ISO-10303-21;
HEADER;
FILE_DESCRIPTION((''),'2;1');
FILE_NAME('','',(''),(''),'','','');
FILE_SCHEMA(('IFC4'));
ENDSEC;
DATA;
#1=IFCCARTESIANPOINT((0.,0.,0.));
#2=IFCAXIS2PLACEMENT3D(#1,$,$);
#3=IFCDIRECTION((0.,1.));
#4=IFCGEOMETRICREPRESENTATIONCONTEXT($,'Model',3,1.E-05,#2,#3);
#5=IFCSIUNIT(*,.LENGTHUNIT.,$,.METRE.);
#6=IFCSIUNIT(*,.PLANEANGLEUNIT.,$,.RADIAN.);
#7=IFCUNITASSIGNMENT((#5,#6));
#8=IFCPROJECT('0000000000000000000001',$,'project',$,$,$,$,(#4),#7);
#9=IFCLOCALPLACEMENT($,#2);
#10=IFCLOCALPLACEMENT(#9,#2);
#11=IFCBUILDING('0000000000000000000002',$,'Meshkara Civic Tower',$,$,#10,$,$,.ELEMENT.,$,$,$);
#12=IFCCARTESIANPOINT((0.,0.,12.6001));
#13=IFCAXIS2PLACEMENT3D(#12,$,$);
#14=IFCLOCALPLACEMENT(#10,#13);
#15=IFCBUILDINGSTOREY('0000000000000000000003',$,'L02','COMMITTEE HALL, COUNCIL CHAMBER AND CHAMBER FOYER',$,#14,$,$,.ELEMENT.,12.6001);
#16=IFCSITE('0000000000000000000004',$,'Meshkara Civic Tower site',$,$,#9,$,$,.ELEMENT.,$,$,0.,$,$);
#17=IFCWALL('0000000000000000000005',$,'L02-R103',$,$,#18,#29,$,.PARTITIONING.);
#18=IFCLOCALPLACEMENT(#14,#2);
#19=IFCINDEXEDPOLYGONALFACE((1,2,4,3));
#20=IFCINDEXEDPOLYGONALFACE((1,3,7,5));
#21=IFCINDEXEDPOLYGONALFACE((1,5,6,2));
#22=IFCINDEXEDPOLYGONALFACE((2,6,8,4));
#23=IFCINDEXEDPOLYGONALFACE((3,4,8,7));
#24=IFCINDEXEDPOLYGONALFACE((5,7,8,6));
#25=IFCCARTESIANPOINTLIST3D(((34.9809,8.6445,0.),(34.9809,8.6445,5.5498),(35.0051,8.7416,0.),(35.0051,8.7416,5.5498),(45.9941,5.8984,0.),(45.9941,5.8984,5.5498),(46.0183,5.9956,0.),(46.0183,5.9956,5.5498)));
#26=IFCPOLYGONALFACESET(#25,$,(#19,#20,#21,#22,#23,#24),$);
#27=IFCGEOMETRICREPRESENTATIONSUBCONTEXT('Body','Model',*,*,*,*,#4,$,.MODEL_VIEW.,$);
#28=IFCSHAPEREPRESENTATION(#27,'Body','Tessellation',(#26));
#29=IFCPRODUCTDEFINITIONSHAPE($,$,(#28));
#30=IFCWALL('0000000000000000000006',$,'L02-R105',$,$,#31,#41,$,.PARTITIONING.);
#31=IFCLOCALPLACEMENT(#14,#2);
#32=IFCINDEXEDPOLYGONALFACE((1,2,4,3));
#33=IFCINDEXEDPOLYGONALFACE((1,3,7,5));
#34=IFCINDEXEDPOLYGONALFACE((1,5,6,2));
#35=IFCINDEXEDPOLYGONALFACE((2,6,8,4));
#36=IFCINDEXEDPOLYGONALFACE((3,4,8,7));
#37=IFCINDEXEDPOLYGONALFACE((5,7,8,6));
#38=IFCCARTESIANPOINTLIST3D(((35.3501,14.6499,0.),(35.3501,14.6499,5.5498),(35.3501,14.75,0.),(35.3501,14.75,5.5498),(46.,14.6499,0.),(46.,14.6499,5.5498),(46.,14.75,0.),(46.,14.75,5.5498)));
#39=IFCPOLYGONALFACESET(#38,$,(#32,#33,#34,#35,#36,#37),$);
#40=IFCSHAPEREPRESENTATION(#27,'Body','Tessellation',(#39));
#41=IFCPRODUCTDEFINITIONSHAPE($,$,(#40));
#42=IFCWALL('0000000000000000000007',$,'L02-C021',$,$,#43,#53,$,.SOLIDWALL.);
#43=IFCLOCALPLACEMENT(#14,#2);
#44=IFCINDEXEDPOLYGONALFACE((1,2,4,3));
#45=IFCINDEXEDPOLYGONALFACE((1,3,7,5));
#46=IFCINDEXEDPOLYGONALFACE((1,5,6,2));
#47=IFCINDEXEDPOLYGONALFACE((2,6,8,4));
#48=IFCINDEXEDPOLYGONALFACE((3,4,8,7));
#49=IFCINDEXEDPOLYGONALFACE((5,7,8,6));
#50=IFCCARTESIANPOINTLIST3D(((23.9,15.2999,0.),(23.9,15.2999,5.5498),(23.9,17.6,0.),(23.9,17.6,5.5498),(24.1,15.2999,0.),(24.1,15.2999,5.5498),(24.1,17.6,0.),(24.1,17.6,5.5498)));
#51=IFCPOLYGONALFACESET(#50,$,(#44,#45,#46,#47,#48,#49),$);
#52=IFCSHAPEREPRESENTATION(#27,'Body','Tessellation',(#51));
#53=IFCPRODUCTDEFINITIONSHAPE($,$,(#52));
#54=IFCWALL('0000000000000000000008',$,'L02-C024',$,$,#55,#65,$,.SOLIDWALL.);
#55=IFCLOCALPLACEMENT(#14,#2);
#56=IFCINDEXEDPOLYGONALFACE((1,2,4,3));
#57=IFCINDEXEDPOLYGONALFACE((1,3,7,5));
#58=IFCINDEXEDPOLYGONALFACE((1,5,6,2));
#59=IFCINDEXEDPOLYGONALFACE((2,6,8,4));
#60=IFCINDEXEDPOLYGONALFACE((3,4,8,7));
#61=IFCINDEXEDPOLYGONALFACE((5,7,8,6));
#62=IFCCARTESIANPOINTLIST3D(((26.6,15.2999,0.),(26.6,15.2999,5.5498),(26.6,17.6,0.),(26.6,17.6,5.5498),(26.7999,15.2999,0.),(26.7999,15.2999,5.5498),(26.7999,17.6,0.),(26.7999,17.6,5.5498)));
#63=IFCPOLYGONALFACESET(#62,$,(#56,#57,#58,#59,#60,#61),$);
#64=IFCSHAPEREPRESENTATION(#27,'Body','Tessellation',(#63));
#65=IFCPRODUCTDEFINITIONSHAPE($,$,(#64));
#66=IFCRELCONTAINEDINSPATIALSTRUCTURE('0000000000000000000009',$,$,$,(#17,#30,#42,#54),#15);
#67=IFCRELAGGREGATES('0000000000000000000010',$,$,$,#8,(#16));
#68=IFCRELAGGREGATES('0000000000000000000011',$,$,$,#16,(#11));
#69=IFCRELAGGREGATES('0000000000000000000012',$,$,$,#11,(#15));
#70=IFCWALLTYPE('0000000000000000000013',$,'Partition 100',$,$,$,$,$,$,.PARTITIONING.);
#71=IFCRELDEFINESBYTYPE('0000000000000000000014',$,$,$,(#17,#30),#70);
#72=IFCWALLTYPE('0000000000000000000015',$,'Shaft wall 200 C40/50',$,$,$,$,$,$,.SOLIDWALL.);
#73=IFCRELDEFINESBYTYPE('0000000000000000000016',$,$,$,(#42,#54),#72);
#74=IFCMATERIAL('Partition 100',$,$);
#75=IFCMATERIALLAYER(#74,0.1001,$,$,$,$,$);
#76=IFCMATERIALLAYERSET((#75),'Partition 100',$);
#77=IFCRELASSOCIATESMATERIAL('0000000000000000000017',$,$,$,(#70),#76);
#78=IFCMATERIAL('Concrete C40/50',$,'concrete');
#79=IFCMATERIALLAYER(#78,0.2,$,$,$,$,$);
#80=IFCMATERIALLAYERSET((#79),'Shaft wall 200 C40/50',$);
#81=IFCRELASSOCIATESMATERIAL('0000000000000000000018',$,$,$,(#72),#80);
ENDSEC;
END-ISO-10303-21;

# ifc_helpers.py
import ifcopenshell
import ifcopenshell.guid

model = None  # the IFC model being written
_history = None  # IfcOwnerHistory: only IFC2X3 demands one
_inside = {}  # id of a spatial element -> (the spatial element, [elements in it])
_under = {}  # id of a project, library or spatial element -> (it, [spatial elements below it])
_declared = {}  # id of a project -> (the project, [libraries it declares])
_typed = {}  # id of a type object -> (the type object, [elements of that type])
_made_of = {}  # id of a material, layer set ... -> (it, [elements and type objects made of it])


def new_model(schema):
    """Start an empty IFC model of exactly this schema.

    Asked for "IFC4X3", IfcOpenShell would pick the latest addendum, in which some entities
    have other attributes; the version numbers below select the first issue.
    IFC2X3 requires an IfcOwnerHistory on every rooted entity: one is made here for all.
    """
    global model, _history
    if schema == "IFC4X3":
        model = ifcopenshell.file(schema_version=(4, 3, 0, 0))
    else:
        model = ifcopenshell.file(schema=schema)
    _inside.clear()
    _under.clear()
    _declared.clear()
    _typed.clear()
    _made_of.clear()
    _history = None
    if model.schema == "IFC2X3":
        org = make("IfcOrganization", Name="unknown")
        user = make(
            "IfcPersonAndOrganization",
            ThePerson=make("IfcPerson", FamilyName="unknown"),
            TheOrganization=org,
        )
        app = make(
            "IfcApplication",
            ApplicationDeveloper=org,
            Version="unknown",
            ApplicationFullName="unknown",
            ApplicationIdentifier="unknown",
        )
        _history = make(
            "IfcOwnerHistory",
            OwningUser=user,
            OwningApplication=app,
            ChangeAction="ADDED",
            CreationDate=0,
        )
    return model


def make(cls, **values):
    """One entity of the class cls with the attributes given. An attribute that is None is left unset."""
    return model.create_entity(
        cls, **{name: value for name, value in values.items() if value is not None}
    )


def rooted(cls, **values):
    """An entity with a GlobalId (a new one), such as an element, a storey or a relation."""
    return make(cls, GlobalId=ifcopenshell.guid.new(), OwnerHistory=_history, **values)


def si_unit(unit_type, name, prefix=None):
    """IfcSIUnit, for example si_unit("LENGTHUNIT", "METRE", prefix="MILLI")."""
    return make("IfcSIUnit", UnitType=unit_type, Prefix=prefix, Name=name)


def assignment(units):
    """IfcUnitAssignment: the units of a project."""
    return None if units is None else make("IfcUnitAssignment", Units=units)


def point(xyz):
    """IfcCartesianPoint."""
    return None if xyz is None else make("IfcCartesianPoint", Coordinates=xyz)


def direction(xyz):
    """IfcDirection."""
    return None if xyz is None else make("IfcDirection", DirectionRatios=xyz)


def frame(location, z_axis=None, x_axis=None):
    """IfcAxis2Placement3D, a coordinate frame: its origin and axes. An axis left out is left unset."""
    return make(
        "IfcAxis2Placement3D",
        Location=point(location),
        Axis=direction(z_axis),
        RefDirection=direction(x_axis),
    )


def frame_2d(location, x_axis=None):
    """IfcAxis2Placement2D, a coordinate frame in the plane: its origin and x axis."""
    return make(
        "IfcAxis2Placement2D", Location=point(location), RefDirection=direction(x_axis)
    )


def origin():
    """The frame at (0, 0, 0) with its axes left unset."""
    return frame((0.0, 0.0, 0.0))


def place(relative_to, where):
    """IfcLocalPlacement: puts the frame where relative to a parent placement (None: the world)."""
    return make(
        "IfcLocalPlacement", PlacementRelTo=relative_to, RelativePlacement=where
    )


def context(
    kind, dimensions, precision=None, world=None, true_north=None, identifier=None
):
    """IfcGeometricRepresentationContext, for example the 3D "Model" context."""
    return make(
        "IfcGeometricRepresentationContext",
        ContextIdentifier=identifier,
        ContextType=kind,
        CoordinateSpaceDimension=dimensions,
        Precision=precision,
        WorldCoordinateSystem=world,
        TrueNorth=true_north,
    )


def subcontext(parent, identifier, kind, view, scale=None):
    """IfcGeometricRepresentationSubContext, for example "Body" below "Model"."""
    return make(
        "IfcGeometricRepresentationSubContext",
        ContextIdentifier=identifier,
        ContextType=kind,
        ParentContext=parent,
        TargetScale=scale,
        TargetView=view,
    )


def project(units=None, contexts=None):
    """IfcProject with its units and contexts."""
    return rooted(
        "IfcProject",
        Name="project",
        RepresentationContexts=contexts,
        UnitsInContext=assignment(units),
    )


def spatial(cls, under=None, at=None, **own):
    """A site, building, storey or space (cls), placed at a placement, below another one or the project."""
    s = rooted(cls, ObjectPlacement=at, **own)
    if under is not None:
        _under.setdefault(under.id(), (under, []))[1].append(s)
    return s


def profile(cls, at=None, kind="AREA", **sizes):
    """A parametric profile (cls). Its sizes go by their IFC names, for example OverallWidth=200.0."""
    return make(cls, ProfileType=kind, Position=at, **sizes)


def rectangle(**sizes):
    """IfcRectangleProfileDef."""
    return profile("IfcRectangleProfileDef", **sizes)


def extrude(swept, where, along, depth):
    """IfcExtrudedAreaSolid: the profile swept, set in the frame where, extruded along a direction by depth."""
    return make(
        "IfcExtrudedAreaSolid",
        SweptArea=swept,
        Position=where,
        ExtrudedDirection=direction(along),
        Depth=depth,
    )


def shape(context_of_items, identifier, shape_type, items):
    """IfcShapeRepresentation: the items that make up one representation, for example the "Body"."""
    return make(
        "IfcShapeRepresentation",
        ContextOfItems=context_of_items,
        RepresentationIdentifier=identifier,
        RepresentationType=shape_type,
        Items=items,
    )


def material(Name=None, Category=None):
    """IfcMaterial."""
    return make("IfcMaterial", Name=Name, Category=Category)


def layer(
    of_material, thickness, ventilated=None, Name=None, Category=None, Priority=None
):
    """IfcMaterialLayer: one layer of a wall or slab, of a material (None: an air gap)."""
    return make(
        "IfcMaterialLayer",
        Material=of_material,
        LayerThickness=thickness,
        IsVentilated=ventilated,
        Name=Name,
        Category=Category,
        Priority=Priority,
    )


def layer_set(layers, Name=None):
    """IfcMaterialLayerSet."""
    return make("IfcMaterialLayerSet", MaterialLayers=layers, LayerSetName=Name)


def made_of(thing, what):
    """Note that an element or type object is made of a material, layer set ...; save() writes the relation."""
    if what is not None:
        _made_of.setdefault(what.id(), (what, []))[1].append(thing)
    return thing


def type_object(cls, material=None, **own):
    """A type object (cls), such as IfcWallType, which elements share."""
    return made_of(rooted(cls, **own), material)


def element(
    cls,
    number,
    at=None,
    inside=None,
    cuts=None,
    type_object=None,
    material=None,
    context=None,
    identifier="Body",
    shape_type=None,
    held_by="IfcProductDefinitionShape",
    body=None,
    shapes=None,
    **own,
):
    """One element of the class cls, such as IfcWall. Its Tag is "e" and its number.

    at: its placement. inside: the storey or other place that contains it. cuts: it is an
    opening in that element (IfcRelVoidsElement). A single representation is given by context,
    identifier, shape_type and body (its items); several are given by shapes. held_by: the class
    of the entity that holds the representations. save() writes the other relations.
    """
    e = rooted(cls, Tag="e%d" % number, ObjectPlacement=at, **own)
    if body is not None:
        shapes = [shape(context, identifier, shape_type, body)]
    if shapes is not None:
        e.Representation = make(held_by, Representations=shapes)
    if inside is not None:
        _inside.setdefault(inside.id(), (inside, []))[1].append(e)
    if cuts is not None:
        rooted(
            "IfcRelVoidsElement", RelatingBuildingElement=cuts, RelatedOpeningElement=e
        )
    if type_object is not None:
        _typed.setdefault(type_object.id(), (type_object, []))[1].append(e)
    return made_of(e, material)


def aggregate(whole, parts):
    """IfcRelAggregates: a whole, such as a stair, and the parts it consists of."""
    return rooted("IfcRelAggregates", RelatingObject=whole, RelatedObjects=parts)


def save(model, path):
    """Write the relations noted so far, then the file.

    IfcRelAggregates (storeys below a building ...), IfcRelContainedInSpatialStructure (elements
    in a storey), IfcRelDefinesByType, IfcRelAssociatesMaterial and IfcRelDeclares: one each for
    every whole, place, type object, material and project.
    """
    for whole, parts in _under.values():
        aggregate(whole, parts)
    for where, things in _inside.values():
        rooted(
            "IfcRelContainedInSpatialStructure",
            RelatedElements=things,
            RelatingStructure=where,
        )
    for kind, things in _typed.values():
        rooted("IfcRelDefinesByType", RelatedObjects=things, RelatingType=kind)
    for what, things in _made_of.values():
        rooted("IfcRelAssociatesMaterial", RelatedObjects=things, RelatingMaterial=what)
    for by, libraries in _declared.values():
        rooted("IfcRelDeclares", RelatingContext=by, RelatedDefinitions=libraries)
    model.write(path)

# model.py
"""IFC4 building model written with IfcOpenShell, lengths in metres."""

from ifc_helpers import new_model, si_unit, direction, frame, frame_2d, origin, place, context, subcontext, project, spatial, rectangle, extrude, material, layer, layer_set, type_object, element, save


model = new_model("IFC4")

# Units and contexts
model_context = context("Model", 3, precision=1e-05, world=origin(), true_north=direction((0.0, 1.0)))
body_context = subcontext(model_context, "Body", "Model", "MODEL_VIEW")
ifc_project = project(units=[si_unit("LENGTHUNIT", "METRE"), si_unit("PLANEANGLEUNIT", "RADIAN")], contexts=[model_context])

# Site, building, storey
site_placement = place(None, origin())
site = spatial("IfcSite", under=ifc_project, at=site_placement, Name="Meshkara Civic Tower site", CompositionType="ELEMENT", RefElevation=0.0)
building_placement = place(site_placement, origin())
building = spatial("IfcBuilding", under=site, at=building_placement, Name="Meshkara Civic Tower", CompositionType="ELEMENT")
storey_placement = place(building_placement, frame((0.0, 0.0, 12.6001)))
storey = spatial("IfcBuildingStorey", under=building, at=storey_placement, Name="L02", Description="COMMITTEE HALL, COUNCIL CHAMBER AND CHAMBER FOYER", CompositionType="ELEMENT", Elevation=12.6001)

# Walls
ifc_material_1 = material(Name="Partition 100")
ifc_layer_1 = layer(ifc_material_1, 0.1001)
ifc_layer_set_1 = layer_set([ifc_layer_1], Name="Partition 100")
wall_type_1 = type_object("IfcWallType", Name="Partition 100", PredefinedType="PARTITIONING", material=ifc_layer_set_1)
wall_1_placement = place(storey_placement, frame((34.9929, 8.6931, 0.0), z_axis=(0.0, 0.0, 1.0), x_axis=(0.970292, -0.241938, 0.0)))
element("IfcWall", 1, at=wall_1_placement, inside=storey, type_object=wall_type_1, Name="L02-R103", PredefinedType="PARTITIONING", context=body_context, shape_type="SweptSolid", body=[
    extrude(rectangle(XDim=11.3503, YDim=0.1001, at=frame_2d((5.6753, 0.0))), origin(), (0.0, 0.0, 1.0), 5.5498),
])
wall_2_placement = place(storey_placement, frame((35.3501, 14.7, 0.0), z_axis=(0.0, 0.0, 1.0), x_axis=(1.0, 0.0, 0.0)))
element("IfcWall", 2, at=wall_2_placement, inside=storey, type_object=wall_type_1, Name="L02-R105", PredefinedType="PARTITIONING", context=body_context, shape_type="SweptSolid", body=[
    extrude(rectangle(XDim=10.6499, YDim=0.1001, at=frame_2d((5.325, 0.0))), origin(), (0.0, 0.0, 1.0), 5.5498),
])
ifc_material_2 = material(Name="Concrete C40/50", Category="concrete")
ifc_layer_2 = layer(ifc_material_2, 0.2)
ifc_layer_set_2 = layer_set([ifc_layer_2], Name="Shaft wall 200 C40/50")
wall_type_2 = type_object("IfcWallType", Name="Shaft wall 200 C40/50", PredefinedType="SOLIDWALL", material=ifc_layer_set_2)
for number, where, z_axis, x_axis, name in (
    (3, (24.0, 15.3, 0.0), (0.0, 0.0, 1.0), (0.0, 1.0, 0.0), "L02-C021"),
    (4, (26.7, 15.3, 0.0), (0.0, 0.0, 1.0), (0.0, 1.0, 0.0), "L02-C024"),
):
    element("IfcWall", number, at=place(storey_placement, frame(where, z_axis=z_axis, x_axis=x_axis)), inside=storey, type_object=wall_type_2, Name=name, PredefinedType="SOLIDWALL", context=body_context, shape_type="SweptSolid", body=[
        extrude(rectangle(XDim=2.3, YDim=0.2, at=frame_2d((1.1499, 0.0))), origin(), (0.0, 0.0, 1.0), 5.5498),
    ])

save(model, "model.ifc")
